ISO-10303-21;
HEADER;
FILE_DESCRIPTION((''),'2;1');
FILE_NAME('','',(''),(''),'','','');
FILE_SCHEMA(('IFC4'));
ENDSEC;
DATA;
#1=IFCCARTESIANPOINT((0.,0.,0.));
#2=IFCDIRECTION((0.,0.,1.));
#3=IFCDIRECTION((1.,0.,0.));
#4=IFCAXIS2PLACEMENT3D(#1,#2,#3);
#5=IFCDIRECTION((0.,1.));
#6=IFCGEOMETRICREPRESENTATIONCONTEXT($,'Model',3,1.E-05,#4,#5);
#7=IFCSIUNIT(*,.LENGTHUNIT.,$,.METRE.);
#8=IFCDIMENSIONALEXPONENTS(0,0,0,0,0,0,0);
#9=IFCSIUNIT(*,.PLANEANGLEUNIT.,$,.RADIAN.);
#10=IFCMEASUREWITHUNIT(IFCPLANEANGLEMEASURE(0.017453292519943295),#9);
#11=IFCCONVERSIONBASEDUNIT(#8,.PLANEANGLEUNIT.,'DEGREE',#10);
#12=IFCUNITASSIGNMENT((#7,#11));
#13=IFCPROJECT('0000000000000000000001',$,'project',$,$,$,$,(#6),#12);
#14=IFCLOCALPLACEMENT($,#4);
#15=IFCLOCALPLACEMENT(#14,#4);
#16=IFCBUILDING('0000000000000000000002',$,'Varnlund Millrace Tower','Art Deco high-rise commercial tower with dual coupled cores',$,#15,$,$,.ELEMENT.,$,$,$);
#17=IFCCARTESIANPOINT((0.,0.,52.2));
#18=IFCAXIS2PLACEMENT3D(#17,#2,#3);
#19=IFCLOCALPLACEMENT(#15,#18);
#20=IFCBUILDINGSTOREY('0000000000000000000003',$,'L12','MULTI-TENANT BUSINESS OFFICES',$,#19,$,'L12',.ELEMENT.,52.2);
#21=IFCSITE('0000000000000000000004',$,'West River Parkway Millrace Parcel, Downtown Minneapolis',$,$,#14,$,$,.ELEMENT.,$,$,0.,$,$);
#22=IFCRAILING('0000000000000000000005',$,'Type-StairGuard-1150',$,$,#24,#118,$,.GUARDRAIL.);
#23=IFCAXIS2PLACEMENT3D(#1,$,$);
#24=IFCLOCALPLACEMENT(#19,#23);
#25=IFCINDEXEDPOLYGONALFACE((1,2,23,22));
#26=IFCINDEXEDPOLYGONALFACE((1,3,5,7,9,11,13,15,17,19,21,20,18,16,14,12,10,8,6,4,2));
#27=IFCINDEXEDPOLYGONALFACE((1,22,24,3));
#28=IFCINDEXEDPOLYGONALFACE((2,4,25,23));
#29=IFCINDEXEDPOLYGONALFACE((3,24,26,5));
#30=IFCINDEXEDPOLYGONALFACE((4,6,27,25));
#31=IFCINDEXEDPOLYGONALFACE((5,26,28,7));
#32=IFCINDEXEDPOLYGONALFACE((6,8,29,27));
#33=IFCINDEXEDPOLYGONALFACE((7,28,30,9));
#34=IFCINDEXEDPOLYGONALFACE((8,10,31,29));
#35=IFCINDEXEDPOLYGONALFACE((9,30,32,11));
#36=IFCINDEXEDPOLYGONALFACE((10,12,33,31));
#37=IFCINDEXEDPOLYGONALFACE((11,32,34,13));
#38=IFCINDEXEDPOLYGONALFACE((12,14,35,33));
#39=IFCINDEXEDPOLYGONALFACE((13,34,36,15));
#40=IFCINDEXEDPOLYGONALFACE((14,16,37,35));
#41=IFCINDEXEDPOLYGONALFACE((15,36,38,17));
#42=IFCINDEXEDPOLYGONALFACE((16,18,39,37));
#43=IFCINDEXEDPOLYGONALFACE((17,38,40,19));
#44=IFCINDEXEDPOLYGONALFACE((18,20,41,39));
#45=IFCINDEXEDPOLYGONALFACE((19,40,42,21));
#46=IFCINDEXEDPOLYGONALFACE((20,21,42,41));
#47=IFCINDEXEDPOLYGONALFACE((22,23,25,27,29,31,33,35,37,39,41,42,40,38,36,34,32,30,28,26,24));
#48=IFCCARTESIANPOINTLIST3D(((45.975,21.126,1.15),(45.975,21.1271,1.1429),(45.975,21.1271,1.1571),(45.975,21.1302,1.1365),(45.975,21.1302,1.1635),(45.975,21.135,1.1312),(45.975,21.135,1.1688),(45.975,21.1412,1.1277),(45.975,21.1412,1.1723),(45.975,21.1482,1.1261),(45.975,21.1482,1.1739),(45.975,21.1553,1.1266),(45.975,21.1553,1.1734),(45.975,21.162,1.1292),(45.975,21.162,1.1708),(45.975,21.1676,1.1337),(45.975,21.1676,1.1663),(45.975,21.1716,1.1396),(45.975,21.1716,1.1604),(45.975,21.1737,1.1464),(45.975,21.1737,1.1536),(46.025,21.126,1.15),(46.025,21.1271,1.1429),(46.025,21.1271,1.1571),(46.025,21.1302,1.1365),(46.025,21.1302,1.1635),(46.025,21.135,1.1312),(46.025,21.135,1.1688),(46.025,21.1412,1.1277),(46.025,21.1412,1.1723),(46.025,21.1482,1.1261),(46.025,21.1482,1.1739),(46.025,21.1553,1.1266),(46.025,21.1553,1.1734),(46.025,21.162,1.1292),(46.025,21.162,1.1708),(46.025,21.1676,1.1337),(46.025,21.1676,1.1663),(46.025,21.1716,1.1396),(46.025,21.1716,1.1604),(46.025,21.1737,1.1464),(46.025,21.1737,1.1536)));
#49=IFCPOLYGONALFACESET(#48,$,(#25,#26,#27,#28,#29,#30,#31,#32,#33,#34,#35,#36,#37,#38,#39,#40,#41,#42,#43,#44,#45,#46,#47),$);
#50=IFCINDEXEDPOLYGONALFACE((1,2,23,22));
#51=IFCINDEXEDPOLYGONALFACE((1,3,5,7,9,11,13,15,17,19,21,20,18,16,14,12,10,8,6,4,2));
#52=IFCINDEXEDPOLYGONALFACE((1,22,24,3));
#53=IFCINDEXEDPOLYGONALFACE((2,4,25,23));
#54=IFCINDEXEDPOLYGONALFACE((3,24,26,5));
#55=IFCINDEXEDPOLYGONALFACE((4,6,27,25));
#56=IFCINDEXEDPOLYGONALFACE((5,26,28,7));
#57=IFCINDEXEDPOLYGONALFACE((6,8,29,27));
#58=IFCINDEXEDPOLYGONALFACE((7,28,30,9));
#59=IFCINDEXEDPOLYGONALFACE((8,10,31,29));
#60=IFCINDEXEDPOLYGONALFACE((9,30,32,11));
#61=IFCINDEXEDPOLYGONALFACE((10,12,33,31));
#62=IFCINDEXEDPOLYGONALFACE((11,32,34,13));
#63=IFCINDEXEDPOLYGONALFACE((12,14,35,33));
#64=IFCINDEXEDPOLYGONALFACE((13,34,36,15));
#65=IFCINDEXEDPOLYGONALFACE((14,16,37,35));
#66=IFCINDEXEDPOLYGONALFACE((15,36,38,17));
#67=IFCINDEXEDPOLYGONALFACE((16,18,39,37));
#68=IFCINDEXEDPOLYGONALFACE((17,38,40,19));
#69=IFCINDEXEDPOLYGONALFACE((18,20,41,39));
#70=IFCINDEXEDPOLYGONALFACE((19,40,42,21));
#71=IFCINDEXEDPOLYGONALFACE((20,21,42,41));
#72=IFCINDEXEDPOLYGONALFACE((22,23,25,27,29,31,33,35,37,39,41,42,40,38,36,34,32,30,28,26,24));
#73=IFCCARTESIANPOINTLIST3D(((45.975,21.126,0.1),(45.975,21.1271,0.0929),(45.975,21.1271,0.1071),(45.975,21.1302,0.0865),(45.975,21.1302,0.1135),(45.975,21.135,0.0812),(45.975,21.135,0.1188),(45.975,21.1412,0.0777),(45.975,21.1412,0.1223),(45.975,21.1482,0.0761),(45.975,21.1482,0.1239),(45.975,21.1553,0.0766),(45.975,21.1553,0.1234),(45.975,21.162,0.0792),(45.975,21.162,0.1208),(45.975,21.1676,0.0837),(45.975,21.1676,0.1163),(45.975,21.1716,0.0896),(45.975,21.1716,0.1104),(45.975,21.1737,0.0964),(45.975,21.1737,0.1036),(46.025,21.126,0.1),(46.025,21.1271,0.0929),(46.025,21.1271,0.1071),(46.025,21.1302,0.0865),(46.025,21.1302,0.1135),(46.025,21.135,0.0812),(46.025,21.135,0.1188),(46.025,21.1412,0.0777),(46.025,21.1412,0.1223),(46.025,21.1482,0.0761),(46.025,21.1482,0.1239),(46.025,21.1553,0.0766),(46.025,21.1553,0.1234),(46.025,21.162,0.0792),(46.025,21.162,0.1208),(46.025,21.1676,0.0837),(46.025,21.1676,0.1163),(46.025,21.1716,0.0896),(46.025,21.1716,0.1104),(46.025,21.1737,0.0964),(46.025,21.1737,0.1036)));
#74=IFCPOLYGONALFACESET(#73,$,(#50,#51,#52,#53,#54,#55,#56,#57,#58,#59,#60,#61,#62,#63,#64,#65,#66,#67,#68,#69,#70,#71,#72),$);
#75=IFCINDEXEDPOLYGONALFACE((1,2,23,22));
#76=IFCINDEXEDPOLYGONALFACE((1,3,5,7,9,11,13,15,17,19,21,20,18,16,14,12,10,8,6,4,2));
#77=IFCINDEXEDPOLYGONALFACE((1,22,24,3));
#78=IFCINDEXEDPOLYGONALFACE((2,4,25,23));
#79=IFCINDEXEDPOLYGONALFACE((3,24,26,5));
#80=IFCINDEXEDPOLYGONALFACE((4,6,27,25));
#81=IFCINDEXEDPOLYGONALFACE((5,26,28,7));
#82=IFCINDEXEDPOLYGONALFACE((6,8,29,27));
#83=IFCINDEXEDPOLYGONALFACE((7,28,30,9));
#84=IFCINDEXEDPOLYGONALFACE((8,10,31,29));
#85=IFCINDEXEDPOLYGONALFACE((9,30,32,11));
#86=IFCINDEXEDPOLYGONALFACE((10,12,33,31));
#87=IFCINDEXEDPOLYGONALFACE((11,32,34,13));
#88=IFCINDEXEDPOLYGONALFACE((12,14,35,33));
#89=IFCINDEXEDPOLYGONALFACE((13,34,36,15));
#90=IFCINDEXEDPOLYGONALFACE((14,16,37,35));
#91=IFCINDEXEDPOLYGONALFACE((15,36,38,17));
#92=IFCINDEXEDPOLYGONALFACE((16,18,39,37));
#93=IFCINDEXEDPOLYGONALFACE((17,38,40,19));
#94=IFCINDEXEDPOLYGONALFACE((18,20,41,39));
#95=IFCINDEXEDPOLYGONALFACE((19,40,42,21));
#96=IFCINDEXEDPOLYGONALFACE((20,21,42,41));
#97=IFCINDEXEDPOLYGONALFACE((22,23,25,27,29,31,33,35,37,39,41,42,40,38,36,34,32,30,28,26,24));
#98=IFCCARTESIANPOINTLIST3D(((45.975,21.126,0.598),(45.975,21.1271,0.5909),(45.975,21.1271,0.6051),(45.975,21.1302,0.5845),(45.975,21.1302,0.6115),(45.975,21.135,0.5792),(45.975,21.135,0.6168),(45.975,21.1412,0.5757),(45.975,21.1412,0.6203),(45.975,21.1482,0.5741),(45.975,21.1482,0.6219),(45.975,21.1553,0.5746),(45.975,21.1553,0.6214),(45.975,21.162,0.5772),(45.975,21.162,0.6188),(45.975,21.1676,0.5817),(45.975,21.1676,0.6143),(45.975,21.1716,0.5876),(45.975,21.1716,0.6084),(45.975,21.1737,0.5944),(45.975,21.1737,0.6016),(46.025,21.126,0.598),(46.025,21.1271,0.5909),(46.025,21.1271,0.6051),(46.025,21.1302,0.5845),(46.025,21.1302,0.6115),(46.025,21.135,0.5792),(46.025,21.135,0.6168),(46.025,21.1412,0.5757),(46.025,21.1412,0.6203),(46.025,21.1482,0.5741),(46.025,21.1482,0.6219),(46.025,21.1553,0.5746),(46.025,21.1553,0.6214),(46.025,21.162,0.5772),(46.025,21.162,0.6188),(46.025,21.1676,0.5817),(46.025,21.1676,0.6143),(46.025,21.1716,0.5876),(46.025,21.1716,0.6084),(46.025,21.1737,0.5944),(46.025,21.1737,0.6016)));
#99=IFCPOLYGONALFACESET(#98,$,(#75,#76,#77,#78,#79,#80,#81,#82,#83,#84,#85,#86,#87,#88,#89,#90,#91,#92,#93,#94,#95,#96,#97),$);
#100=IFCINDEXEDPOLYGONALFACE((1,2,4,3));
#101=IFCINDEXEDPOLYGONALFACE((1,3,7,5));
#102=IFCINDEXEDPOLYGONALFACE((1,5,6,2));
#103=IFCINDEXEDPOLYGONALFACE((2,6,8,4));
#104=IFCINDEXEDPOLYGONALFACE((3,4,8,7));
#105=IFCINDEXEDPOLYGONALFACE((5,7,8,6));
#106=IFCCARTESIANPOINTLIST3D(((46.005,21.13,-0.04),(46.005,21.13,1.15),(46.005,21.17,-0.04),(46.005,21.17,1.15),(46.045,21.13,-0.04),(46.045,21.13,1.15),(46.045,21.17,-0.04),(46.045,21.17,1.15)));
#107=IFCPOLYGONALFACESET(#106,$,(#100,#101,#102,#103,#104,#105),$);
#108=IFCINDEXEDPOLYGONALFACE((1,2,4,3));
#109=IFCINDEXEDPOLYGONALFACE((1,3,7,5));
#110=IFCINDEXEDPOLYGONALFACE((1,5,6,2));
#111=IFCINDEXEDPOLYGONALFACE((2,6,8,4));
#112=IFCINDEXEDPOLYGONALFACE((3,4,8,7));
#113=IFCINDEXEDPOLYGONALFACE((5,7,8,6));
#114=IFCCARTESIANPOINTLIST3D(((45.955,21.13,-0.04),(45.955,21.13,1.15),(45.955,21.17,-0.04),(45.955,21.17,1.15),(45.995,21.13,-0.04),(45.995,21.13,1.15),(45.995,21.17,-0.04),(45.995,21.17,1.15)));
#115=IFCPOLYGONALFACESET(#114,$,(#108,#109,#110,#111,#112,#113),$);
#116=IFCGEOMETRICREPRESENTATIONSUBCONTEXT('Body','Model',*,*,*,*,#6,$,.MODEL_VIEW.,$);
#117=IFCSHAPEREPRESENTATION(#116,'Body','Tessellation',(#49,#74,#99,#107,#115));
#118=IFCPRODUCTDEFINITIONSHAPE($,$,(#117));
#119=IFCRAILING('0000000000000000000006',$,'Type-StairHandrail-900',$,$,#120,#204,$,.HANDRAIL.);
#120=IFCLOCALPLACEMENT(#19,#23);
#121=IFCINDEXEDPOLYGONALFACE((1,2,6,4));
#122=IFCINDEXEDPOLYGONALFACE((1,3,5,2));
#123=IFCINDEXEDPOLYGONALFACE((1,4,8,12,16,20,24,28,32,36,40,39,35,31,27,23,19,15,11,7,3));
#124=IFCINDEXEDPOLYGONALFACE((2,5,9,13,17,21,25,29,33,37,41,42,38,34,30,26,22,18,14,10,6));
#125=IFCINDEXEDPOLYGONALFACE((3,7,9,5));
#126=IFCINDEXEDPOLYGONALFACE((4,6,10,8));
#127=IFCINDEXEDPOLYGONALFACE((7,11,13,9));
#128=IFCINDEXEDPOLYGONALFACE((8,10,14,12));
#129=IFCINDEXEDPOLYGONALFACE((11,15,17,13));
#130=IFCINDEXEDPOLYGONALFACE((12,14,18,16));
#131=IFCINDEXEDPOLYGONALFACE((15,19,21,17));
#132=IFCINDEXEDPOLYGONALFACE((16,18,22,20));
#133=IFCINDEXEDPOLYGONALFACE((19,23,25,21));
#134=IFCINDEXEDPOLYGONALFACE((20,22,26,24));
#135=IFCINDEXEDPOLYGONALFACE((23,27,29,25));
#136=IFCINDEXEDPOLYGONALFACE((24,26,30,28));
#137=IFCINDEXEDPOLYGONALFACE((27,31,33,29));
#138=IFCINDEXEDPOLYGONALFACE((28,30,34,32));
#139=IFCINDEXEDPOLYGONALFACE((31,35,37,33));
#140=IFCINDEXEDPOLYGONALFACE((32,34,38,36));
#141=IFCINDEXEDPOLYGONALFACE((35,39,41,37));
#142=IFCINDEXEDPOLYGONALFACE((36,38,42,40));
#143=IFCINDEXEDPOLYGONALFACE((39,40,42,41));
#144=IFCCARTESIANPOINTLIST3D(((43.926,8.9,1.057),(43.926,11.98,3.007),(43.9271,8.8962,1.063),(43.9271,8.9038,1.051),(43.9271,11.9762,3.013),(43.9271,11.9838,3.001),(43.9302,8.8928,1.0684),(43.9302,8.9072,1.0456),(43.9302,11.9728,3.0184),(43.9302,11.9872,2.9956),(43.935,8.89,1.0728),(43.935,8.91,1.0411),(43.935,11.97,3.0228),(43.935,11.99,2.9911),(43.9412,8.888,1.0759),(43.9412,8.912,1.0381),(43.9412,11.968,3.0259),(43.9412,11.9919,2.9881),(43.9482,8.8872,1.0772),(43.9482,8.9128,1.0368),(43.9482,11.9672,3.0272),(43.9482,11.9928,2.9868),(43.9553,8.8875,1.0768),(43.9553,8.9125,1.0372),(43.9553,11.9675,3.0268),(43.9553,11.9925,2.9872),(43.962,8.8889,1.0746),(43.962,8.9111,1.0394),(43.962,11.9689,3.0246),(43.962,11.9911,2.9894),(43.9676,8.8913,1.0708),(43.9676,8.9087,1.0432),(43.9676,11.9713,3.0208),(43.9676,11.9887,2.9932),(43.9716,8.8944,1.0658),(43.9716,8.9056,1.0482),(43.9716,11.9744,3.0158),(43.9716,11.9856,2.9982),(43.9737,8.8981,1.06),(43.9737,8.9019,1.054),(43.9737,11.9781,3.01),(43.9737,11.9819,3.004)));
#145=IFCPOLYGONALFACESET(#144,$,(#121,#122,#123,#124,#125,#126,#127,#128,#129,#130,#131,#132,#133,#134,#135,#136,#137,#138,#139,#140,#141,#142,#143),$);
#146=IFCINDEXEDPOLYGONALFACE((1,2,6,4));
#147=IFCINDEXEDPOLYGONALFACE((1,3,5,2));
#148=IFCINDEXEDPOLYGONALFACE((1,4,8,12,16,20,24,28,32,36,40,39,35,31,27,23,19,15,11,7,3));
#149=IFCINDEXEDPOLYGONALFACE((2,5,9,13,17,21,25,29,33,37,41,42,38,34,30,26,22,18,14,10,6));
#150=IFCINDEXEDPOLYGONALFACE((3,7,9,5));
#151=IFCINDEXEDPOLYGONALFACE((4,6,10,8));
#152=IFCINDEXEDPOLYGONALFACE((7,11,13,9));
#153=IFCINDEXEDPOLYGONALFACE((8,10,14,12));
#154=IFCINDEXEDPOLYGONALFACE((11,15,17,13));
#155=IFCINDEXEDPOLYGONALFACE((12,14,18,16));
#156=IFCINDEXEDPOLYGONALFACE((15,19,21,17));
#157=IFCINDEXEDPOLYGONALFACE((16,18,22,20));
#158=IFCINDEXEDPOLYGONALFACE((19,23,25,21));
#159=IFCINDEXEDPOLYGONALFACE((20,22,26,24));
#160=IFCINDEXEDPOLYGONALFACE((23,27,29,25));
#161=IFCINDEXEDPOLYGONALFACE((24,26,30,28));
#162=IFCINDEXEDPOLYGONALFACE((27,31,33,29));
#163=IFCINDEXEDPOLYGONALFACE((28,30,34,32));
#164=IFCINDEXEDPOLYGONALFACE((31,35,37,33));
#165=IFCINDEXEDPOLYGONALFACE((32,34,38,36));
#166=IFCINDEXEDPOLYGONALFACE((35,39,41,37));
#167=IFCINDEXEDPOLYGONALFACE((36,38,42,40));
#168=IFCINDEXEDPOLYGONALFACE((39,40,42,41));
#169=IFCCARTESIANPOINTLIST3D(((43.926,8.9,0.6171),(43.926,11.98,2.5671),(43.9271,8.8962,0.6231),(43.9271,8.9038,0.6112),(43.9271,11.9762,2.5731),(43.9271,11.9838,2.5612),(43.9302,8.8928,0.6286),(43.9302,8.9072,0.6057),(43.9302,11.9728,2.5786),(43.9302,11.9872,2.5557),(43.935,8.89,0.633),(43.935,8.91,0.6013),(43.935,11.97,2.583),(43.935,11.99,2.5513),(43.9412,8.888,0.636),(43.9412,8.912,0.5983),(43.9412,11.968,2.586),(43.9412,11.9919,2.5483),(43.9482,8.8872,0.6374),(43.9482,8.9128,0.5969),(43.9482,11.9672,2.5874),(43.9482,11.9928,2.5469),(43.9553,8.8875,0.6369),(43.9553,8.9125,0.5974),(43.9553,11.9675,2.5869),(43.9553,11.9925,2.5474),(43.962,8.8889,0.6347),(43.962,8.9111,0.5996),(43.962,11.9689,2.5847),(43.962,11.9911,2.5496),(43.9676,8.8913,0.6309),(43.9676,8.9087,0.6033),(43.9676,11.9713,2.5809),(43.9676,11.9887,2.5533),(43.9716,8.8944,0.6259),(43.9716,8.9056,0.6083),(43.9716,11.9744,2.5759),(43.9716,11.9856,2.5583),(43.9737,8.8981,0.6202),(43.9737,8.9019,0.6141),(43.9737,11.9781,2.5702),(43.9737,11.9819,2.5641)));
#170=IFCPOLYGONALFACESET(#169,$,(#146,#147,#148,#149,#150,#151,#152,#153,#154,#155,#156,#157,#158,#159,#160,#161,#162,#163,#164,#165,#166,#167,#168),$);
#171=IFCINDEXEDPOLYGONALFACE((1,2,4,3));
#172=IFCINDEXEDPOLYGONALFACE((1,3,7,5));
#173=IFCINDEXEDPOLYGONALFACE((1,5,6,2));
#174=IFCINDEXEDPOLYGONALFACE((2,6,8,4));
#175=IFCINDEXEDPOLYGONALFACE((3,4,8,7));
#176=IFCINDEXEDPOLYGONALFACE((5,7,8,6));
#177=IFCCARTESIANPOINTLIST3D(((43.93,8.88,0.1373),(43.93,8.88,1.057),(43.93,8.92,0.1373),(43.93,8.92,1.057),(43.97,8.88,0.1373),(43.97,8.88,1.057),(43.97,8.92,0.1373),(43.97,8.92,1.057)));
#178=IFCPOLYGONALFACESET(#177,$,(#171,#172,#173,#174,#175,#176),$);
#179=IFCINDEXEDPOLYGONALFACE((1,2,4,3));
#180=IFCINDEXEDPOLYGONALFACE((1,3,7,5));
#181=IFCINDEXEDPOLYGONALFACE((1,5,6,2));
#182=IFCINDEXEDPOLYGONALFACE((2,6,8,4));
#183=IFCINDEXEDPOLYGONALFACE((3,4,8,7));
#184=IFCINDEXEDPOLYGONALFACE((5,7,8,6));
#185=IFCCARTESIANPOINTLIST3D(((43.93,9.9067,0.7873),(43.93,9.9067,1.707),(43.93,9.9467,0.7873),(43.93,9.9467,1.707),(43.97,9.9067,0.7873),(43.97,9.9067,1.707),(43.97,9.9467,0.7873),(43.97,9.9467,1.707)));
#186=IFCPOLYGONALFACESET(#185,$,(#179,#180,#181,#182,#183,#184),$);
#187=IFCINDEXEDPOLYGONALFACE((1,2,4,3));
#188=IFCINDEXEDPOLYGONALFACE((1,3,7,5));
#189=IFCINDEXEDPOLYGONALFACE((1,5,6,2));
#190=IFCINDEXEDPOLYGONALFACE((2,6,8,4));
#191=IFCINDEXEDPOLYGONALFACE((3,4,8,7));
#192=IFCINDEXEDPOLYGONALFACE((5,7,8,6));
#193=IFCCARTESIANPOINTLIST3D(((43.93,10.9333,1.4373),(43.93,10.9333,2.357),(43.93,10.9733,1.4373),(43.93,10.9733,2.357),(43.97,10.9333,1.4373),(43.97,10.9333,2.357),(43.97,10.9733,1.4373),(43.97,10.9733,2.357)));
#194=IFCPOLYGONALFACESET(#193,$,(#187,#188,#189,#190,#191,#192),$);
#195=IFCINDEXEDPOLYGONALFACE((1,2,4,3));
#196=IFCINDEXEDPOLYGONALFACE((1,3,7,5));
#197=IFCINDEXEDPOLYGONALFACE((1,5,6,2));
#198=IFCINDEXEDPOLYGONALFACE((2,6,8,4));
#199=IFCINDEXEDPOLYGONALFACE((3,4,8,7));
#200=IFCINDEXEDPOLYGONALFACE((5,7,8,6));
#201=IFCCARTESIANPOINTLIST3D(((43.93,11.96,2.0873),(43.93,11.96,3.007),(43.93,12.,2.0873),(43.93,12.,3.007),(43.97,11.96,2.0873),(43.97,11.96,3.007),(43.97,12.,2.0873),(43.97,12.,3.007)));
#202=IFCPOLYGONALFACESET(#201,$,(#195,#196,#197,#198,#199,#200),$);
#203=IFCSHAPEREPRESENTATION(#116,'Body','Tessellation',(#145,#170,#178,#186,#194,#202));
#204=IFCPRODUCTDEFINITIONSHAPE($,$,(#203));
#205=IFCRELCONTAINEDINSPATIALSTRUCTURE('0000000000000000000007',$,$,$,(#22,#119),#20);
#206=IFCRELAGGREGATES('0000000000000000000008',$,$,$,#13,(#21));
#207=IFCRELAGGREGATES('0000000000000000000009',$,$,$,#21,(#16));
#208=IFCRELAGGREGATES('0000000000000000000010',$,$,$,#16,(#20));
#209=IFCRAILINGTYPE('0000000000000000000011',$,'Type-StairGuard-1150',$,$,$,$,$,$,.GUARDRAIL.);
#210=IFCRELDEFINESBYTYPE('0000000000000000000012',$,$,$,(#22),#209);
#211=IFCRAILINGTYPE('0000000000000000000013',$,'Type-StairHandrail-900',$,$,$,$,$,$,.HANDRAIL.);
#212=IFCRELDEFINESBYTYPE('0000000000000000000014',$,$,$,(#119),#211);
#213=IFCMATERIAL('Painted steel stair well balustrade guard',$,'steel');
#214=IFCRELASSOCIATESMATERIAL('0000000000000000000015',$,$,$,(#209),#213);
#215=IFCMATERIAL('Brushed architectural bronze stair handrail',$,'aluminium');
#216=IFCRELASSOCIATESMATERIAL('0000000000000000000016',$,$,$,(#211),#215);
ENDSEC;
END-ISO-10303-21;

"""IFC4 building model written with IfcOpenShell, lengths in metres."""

from ifc_helpers import new_model, entity, si_unit, converted_unit, direction, frame, origin_with_axes, origin_2d_with_axis, place, context, subcontext, project, spatial, rectangle, circle, extrude, material, type_object, element, save


model = new_model("IFC4")

# Units and contexts
model_context = context("Model", 3, precision=1e-05, world=origin_with_axes(), true_north=direction((0.0, 1.0)))
body_context = subcontext(model_context, "Body", "Model", "MODEL_VIEW")
ifc_project = project(units=[si_unit("LENGTHUNIT", "METRE"), converted_unit("PLANEANGLEUNIT", "DEGREE", entity("IfcPlaneAngleMeasure", 0.017453292519943295), si_unit("PLANEANGLEUNIT", "RADIAN"), dimensions=[0, 0, 0, 0, 0, 0, 0])], contexts=[model_context])

# Site, building, storey
site_placement = place(None, origin_with_axes())
site = spatial("IfcSite", under=ifc_project, at=site_placement, Name="West River Parkway Millrace Parcel, Downtown Minneapolis", CompositionType="ELEMENT", RefElevation=0.0)
building_placement = place(site_placement, origin_with_axes())
building = spatial("IfcBuilding", under=site, at=building_placement, Name="Varnlund Millrace Tower", Description="Art Deco high-rise commercial tower with dual coupled cores", CompositionType="ELEMENT")
storey_placement = place(building_placement, frame((0.0, 0.0, 52.2), z_axis=(0.0, 0.0, 1.0), x_axis=(1.0, 0.0, 0.0)))
storey = spatial("IfcBuildingStorey", under=building, at=storey_placement, Name="L12", Description="MULTI-TENANT BUSINESS OFFICES", LongName="L12", CompositionType="ELEMENT", Elevation=52.2)

# Railings
ifc_material_1 = material(Name="Painted steel stair well balustrade guard", Category="steel")
railing_type_1 = type_object("IfcRailingType", Name="Type-StairGuard-1150", PredefinedType="GUARDRAIL", material=ifc_material_1)
railing_1_placement = place(storey_placement, frame((0.0, 0.0, -52.2), z_axis=(0.0, 0.0, 1.0), x_axis=(1.0, 0.0, 0.0)))
element("IfcRailing", 1, at=railing_1_placement, inside=storey, type_object=railing_type_1, Name="Type-StairGuard-1150", PredefinedType="GUARDRAIL", context=body_context, shape_type="SweptSolid", body=[
    extrude(circle(Radius=0.024, at=origin_2d_with_axis()), frame((46.025, 21.15, 53.35), z_axis=(-1.0, 0.0, 0.0), x_axis=(0.0, -1.0, 0.0)), (0.0, 0.0, 1.0), 0.05),
    extrude(circle(Radius=0.024, at=origin_2d_with_axis()), frame((46.025, 21.15, 52.3), z_axis=(-1.0, 0.0, 0.0), x_axis=(0.0, -1.0, 0.0)), (0.0, 0.0, 1.0), 0.05),
    extrude(circle(Radius=0.024, at=origin_2d_with_axis()), frame((46.025, 21.15, 52.798), z_axis=(-1.0, 0.0, 0.0), x_axis=(0.0, -1.0, 0.0)), (0.0, 0.0, 1.0), 0.05),
    extrude(rectangle(XDim=0.04, YDim=0.04, at=origin_2d_with_axis()), frame((46.025, 21.15, 52.16), z_axis=(0.0, 0.0, 1.0), x_axis=(1.0, 0.0, 0.0)), (0.0, 0.0, 1.0), 1.19),
    extrude(rectangle(XDim=0.04, YDim=0.04, at=origin_2d_with_axis()), frame((45.975, 21.15, 52.16), z_axis=(0.0, 0.0, 1.0), x_axis=(1.0, 0.0, 0.0)), (0.0, 0.0, 1.0), 1.19),
])
ifc_material_2 = material(Name="Brushed architectural bronze stair handrail", Category="aluminium")
railing_type_2 = type_object("IfcRailingType", Name="Type-StairHandrail-900", PredefinedType="HANDRAIL", material=ifc_material_2)
railing_2_placement = place(storey_placement, frame((0.0, 0.0, -52.2), z_axis=(0.0, 0.0, 1.0), x_axis=(1.0, 0.0, 0.0)))
element("IfcRailing", 2, at=railing_2_placement, inside=storey, type_object=railing_type_2, Name="Type-StairHandrail-900", PredefinedType="HANDRAIL", context=body_context, shape_type="SweptSolid", body=[
    extrude(circle(Radius=0.024, at=origin_2d_with_axis()), frame((43.95, 8.9, 53.257), z_axis=(0.0, 0.844902, 0.534922), x_axis=(-1.0, 0.0, 0.0)), (0.0, 0.0, 1.0), 3.6454),
    extrude(circle(Radius=0.024, at=origin_2d_with_axis()), frame((43.95, 8.9, 52.8171), z_axis=(0.0, 0.844902, 0.534922), x_axis=(-1.0, 0.0, 0.0)), (0.0, 0.0, 1.0), 3.6454),
    extrude(rectangle(XDim=0.04, YDim=0.04, at=origin_2d_with_axis()), frame((43.95, 8.9, 52.3373), z_axis=(0.0, 0.0, 1.0), x_axis=(1.0, 0.0, 0.0)), (0.0, 0.0, 1.0), 0.9197),
    extrude(rectangle(XDim=0.04, YDim=0.04, at=origin_2d_with_axis()), frame((43.95, 9.9267, 52.9873), z_axis=(0.0, 0.0, 1.0), x_axis=(1.0, 0.0, 0.0)), (0.0, 0.0, 1.0), 0.9197),
    extrude(rectangle(XDim=0.04, YDim=0.04, at=origin_2d_with_axis()), frame((43.95, 10.9533, 53.6373), z_axis=(0.0, 0.0, 1.0), x_axis=(1.0, 0.0, 0.0)), (0.0, 0.0, 1.0), 0.9197),
    extrude(rectangle(XDim=0.04, YDim=0.04, at=origin_2d_with_axis()), frame((43.95, 11.98, 54.2873), z_axis=(0.0, 0.0, 1.0), x_axis=(1.0, 0.0, 0.0)), (0.0, 0.0, 1.0), 0.9197),
])

save(model, "model.ifc")
